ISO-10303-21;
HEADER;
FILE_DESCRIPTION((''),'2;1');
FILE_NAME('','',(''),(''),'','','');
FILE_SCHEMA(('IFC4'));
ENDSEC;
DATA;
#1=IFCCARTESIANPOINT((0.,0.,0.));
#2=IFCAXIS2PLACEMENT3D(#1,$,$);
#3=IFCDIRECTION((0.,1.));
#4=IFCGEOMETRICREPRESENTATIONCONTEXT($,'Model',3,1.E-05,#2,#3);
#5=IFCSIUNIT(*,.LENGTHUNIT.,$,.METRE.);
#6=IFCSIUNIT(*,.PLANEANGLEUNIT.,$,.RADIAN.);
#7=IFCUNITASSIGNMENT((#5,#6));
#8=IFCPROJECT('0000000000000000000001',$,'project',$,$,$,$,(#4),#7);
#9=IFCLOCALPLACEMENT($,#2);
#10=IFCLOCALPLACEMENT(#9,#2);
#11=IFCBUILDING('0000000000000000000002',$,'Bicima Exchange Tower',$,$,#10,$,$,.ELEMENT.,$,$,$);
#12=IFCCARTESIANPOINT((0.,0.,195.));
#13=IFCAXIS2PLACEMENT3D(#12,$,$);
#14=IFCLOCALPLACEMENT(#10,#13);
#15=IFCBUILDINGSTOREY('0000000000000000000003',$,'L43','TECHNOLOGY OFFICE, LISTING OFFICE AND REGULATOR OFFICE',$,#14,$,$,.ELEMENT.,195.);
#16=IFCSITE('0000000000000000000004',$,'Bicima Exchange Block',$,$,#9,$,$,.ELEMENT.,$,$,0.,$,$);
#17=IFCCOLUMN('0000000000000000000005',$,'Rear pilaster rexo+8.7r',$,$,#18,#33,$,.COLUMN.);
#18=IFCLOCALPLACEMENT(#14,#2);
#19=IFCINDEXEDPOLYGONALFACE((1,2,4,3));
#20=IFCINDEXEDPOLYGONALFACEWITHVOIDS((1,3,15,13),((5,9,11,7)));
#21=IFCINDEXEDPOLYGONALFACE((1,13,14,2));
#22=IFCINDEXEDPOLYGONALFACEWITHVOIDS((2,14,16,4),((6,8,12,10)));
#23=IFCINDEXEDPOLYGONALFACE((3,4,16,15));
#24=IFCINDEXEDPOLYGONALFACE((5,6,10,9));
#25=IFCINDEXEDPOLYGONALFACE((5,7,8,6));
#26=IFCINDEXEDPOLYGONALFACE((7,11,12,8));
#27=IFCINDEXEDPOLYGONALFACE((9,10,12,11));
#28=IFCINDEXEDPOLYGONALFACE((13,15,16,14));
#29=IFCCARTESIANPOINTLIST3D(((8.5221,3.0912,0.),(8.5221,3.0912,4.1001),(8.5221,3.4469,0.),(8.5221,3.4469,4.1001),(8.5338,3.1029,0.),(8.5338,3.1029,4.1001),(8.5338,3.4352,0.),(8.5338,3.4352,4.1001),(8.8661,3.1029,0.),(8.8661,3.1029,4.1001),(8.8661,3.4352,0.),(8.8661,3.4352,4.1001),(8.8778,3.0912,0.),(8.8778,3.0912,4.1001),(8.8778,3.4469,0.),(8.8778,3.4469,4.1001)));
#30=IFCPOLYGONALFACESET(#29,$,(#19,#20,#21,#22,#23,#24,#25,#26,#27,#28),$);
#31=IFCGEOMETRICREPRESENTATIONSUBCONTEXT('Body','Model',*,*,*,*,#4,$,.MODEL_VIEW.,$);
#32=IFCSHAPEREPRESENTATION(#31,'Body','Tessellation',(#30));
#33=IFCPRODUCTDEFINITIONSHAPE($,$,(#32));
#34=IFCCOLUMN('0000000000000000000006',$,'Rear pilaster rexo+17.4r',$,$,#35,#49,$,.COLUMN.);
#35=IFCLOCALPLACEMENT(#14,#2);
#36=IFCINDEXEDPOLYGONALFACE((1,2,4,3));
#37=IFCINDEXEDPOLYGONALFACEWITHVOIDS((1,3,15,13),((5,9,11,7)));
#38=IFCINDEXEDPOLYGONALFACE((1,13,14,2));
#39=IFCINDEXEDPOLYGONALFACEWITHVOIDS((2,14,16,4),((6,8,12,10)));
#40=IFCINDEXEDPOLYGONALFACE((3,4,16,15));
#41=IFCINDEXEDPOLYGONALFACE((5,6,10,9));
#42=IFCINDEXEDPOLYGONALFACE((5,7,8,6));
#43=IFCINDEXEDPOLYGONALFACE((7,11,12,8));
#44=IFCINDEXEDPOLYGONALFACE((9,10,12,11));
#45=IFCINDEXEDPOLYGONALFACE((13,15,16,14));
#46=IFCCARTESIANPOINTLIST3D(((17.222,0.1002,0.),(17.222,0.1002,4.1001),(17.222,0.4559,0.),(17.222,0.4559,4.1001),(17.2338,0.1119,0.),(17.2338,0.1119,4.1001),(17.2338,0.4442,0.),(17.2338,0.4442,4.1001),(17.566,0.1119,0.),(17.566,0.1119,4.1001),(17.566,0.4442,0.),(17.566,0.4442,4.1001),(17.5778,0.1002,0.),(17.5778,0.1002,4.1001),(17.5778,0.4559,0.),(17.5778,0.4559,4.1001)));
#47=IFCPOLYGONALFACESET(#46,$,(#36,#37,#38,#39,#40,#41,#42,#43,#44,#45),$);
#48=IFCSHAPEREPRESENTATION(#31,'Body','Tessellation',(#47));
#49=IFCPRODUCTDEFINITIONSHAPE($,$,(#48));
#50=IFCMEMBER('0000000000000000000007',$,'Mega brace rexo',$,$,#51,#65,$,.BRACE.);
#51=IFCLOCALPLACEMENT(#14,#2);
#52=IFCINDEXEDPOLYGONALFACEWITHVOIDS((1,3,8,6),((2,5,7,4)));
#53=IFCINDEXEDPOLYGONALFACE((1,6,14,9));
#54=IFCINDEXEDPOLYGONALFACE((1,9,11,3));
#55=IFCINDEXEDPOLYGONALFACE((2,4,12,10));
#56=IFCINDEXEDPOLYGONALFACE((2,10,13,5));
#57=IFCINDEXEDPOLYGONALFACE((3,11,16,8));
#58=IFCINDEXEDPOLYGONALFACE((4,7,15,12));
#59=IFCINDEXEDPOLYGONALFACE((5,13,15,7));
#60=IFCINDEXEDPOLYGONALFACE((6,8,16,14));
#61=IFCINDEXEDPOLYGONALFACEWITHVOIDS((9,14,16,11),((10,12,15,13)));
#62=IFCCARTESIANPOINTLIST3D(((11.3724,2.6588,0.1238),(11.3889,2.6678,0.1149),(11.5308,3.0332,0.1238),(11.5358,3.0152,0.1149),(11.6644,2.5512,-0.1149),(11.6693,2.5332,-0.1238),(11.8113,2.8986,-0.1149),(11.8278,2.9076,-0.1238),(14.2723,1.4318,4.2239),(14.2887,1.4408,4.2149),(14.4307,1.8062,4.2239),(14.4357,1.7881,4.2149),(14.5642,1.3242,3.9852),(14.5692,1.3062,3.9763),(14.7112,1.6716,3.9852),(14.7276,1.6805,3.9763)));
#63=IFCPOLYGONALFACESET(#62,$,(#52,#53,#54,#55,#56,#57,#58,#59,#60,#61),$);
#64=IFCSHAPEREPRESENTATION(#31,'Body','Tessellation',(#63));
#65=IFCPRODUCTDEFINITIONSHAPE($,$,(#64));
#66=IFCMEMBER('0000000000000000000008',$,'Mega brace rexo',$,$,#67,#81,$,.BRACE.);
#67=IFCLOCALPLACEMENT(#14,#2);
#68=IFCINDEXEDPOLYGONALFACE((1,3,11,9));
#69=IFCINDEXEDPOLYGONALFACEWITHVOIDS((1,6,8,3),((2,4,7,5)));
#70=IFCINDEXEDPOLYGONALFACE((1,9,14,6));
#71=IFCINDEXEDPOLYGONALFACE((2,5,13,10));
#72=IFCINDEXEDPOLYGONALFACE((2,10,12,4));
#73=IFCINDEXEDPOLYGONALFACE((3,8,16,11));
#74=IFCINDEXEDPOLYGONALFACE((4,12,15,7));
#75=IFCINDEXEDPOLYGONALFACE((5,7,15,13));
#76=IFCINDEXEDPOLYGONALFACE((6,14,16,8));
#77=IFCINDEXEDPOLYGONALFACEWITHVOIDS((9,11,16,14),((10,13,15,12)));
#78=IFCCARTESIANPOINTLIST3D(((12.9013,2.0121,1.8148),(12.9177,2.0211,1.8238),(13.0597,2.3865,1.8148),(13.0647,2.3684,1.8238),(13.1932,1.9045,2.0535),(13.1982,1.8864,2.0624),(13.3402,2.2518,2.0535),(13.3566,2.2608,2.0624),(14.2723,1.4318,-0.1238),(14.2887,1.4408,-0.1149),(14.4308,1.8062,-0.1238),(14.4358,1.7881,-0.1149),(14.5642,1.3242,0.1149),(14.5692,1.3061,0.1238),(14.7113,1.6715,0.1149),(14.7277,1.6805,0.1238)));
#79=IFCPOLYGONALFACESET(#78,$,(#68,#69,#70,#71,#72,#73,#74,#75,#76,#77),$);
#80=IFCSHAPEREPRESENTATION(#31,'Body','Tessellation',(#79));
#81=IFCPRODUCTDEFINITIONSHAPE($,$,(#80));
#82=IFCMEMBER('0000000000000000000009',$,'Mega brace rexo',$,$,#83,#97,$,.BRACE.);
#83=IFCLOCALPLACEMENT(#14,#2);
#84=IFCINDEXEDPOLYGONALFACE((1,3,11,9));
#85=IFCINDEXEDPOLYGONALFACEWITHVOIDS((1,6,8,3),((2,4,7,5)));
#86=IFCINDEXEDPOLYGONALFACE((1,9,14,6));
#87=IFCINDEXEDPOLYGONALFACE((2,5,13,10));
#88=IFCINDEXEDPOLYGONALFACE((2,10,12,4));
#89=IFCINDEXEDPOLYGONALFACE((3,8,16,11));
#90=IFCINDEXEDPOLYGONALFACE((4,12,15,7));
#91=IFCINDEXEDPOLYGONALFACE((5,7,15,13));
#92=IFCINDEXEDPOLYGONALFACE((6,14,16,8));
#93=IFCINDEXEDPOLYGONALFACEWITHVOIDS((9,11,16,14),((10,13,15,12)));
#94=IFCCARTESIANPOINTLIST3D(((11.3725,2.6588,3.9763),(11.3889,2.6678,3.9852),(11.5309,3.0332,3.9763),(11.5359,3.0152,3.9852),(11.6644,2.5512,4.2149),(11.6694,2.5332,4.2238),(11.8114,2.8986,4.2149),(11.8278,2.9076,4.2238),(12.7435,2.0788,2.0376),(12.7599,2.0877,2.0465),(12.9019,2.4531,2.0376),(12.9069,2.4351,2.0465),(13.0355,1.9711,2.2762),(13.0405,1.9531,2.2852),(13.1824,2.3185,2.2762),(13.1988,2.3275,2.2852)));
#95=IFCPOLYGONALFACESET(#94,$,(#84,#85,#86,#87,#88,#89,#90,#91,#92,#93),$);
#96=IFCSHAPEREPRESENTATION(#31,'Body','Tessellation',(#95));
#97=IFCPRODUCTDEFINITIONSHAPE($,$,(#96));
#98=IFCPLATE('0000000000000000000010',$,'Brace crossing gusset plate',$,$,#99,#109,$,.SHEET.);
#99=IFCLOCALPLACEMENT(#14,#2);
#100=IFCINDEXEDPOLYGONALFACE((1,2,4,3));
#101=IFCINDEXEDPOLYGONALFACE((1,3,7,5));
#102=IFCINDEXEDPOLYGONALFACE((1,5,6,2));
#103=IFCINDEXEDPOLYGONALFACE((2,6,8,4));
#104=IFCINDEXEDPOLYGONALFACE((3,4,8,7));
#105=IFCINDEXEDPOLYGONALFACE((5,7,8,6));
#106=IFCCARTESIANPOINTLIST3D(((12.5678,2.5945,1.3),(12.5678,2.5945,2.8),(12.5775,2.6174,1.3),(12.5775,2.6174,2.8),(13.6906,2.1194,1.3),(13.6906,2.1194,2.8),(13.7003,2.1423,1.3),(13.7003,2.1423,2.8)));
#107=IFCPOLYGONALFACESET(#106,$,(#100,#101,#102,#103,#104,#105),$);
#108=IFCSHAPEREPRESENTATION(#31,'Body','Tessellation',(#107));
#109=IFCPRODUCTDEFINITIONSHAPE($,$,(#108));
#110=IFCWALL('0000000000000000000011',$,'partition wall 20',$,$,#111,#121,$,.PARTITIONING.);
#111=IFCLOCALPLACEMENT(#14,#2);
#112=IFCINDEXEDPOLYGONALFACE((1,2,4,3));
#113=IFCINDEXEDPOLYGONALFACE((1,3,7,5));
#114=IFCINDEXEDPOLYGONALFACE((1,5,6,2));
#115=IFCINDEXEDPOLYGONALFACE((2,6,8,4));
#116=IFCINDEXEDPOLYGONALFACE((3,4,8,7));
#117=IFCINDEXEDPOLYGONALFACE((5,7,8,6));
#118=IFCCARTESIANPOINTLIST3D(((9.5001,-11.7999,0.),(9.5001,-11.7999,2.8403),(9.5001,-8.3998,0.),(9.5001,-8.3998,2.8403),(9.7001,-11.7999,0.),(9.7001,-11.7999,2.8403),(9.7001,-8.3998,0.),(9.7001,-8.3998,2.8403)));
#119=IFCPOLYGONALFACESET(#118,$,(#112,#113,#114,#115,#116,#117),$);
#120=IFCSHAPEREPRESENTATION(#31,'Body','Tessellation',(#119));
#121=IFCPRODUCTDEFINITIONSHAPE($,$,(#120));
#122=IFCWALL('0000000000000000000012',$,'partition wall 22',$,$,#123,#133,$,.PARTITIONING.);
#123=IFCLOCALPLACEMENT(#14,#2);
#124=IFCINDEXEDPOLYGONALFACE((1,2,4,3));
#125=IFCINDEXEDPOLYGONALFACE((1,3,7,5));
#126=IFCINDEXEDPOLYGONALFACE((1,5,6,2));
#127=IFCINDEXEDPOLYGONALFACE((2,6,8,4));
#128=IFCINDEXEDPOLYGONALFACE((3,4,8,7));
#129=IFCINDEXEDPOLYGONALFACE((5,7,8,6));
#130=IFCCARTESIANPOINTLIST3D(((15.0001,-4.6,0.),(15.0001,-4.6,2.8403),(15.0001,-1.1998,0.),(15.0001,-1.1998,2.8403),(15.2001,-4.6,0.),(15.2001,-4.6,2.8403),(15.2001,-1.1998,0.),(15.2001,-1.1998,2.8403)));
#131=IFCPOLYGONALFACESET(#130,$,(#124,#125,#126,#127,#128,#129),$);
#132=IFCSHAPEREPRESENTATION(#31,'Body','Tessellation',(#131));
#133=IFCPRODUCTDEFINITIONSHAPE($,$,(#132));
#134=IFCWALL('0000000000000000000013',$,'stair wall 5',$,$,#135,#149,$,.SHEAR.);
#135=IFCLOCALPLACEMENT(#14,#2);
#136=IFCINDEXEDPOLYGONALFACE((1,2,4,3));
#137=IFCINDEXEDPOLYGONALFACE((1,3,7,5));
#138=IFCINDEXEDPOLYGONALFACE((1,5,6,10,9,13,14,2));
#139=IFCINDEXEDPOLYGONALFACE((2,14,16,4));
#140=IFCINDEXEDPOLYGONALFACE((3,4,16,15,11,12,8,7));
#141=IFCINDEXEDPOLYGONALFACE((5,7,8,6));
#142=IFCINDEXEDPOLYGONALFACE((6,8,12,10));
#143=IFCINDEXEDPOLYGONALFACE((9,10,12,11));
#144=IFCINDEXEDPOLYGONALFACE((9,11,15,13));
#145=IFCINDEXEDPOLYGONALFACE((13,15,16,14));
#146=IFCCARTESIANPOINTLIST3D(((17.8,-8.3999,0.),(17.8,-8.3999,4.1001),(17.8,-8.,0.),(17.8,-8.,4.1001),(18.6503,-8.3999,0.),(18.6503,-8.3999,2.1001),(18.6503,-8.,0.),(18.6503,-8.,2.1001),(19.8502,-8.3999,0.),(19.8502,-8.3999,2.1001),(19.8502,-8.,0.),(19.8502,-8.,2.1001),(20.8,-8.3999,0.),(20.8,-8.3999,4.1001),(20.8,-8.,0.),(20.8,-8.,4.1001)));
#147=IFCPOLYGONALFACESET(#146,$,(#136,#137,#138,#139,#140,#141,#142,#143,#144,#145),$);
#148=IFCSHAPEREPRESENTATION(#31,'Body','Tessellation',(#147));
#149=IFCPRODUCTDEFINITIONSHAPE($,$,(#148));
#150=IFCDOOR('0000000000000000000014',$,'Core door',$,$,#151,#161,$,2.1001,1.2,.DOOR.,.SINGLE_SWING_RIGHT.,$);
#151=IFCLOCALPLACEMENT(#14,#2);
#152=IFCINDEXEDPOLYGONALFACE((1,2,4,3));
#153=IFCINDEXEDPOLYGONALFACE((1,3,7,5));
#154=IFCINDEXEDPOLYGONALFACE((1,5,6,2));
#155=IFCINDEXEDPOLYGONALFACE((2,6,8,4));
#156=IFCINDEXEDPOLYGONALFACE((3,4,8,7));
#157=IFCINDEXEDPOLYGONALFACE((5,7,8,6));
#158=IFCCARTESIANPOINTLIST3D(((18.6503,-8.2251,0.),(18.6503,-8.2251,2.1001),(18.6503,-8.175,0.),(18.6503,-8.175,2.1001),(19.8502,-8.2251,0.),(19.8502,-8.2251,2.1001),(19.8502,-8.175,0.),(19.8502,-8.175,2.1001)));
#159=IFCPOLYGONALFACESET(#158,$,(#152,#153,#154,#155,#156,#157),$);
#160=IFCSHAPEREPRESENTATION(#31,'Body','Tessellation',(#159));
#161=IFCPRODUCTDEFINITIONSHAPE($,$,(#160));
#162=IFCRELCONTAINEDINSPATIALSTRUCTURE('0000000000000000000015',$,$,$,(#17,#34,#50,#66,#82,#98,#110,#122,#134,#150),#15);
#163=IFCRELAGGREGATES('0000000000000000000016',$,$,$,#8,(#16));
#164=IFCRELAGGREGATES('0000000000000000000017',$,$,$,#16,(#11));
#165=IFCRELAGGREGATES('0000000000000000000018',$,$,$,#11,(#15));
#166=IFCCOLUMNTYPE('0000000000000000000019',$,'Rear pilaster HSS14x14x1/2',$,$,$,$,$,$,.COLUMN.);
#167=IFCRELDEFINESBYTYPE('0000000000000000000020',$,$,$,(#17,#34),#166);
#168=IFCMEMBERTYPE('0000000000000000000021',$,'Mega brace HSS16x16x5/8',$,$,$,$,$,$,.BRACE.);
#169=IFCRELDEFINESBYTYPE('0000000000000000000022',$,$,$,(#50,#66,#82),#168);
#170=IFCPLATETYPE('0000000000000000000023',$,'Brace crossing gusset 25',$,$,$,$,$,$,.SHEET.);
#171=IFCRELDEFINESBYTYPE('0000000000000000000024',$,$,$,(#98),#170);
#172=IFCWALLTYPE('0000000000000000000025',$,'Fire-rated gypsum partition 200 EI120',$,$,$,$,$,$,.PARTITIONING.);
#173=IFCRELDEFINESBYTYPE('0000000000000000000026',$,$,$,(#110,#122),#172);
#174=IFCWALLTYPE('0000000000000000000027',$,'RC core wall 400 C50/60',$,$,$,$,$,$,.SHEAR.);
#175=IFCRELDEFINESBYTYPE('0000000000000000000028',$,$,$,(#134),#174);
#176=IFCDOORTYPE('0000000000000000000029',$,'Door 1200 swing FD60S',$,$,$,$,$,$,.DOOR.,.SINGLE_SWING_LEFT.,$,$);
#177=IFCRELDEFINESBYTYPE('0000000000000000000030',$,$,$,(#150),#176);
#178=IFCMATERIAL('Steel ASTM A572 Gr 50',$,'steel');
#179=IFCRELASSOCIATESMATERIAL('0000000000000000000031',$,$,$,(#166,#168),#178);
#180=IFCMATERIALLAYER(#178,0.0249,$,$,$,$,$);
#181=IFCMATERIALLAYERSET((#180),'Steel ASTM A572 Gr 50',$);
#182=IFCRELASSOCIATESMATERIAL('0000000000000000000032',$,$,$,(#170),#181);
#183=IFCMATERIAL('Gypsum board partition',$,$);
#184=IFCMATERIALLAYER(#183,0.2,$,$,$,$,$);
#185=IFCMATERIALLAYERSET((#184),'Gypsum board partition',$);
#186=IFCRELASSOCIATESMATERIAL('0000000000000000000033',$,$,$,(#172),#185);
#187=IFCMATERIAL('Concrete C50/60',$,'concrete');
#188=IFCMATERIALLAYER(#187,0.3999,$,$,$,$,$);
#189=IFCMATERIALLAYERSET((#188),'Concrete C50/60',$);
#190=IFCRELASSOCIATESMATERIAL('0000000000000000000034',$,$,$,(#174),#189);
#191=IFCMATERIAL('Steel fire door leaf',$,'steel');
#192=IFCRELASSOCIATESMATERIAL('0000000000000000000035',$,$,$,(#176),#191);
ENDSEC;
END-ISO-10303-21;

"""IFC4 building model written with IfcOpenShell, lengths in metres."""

from ifc_helpers import new_model, si_unit, direction, frame, frame_2d, origin, origin_2d, place, context, subcontext, project, spatial, rectangle, hollow_rectangle, extrude, material, layer, layer_set, material_profile, profile_set, type_object, element, fill, save


model = new_model("IFC4")

# Units and contexts
model_context = context("Model", 3, precision=1e-05, world=origin(), true_north=direction((0.0, 1.0)))
body_context = subcontext(model_context, "Body", "Model", "MODEL_VIEW")
ifc_project = project(units=[si_unit("LENGTHUNIT", "METRE"), si_unit("PLANEANGLEUNIT", "RADIAN")], contexts=[model_context])

# Site, building, storey
site_placement = place(None, origin())
site = spatial("IfcSite", under=ifc_project, at=site_placement, Name="Bicima Exchange Block", CompositionType="ELEMENT", RefElevation=0.0)
building_placement = place(site_placement, origin())
building = spatial("IfcBuilding", under=site, at=building_placement, Name="Bicima Exchange Tower", CompositionType="ELEMENT")
storey_placement = place(building_placement, frame((0.0, 0.0, 195.0)))
storey = spatial("IfcBuildingStorey", under=building, at=storey_placement, Name="L43", Description="TECHNOLOGY OFFICE, LISTING OFFICE AND REGULATOR OFFICE", CompositionType="ELEMENT", Elevation=195.0)

# Columns
ifc_material_1 = material(Name="Steel ASTM A572 Gr 50", Category="steel")
ifc_material_profile_1 = material_profile(ifc_material_1, hollow_rectangle(XDim=0.3557, YDim=0.3557, WallThickness=0.0117, at=origin_2d()))
ifc_profile_set_1 = profile_set([ifc_material_profile_1], Name="Steel ASTM A572 Gr 50")
column_type = type_object("IfcColumnType", Name="Rear pilaster HSS14x14x1/2", PredefinedType="COLUMN", material=ifc_profile_set_1)
for number, where, z_axis, x_axis, name in (
    (1, (8.7, 3.269, 0.0), (0.0, 0.0, 1.0), (1.0, 0.0, 0.0), "Rear pilaster rexo+8.7r"),
    (2, (17.3999, 0.2781, 0.0), (0.0, 0.0, 1.0), (1.0, 0.0, 0.0), "Rear pilaster rexo+17.4r"),
):
    element("IfcColumn", number, at=place(storey_placement, frame(where, z_axis=z_axis, x_axis=x_axis)), inside=storey, type_object=column_type, Name=name, PredefinedType="COLUMN", context=body_context, shape_type="SweptSolid", body=[
        extrude(hollow_rectangle(XDim=0.3557, YDim=0.3557, WallThickness=0.0117, at=origin_2d()), origin(), (0.0, 0.0, 1.0), 4.1001),
    ])

# Members
ifc_material_profile_2 = material_profile(ifc_material_1, hollow_rectangle(XDim=0.4065, YDim=0.4065, WallThickness=0.0146, at=origin_2d()))
ifc_profile_set_2 = profile_set([ifc_material_profile_2], Name="Steel ASTM A572 Gr 50")
member_type = type_object("IfcMemberType", Name="Mega brace HSS16x16x5/8", PredefinedType="BRACE", material=ifc_profile_set_2)
member_placement = place(storey_placement, frame((11.6001, 2.7832, 0.0), z_axis=(0.560941, -0.237354, 0.7931), x_axis=(0.389686, 0.920948, 0.0)))
element("IfcMember", 3, at=member_placement, inside=storey, type_object=member_type, Name="Mega brace rexo", PredefinedType="BRACE", context=body_context, shape_type="SweptSolid", body=[
    extrude(hollow_rectangle(XDim=0.4065, YDim=0.4065, WallThickness=0.0146, at=origin_2d()), origin(), (0.0, 0.0, 1.0), 5.1697),
])
for number, where, z_axis, x_axis, name in (
    (4, (14.5, 1.5562, 0.0), (-0.560902, 0.237405, 0.793113), (-0.389779, -0.920908, 0.0), "Mega brace rexo"),
    (5, (12.9712, 2.2031, 2.1614), (-0.560915, 0.23731, 0.793132), (-0.38964, -0.920967, 0.0), "Mega brace rexo"),
):
    element("IfcMember", number, at=place(storey_placement, frame(where, z_axis=z_axis, x_axis=x_axis)), inside=storey, type_object=member_type, Name=name, PredefinedType="BRACE", context=body_context, shape_type="SweptSolid", body=[
        extrude(hollow_rectangle(XDim=0.4065, YDim=0.4065, WallThickness=0.0146, at=origin_2d()), origin(), (0.0, 0.0, 1.0), 2.4443),
    ])

# Plate
ifc_layer_1 = layer(ifc_material_1, 0.0249)
ifc_layer_set_1 = layer_set([ifc_layer_1], Name="Steel ASTM A572 Gr 50")
plate_type = type_object("IfcPlateType", Name="Brace crossing gusset 25", PredefinedType="SHEET", material=ifc_layer_set_1)
plate_placement = place(storey_placement, frame((13.134, 2.3684, 1.3), z_axis=(0.0, 0.0, 1.0), x_axis=(0.920946, -0.38969, 0.0)))
element("IfcPlate", 6, at=plate_placement, inside=storey, type_object=plate_type, Name="Brace crossing gusset plate", PredefinedType="SHEET", context=body_context, shape_type="SweptSolid", body=[
    extrude(rectangle(XDim=1.2192, YDim=0.0249, at=origin_2d()), origin(), (0.0, 0.0, 1.0), 1.5),
])

# Walls
ifc_material_2 = material(Name="Gypsum board partition")
ifc_layer_2 = layer(ifc_material_2, 0.2)
ifc_layer_set_2 = layer_set([ifc_layer_2], Name="Gypsum board partition")
wall_type_1 = type_object("IfcWallType", Name="Fire-rated gypsum partition 200 EI120", PredefinedType="PARTITIONING", material=ifc_layer_set_2)
for number, where, z_axis, x_axis, name in (
    (7, (9.6001, -11.8, 0.0), (0.0, 0.0, 1.0), (0.0, 1.0, 0.0), "partition wall 20"),
    (8, (15.1001, -4.6001, 0.0), (0.0, 0.0, 1.0), (0.0, 1.0, 0.0), "partition wall 22"),
):
    element("IfcWall", number, at=place(storey_placement, frame(where, z_axis=z_axis, x_axis=x_axis)), inside=storey, type_object=wall_type_1, Name=name, PredefinedType="PARTITIONING", context=body_context, shape_type="SweptSolid", body=[
        extrude(rectangle(XDim=3.4001, YDim=0.2, at=frame_2d((1.7002, 0.0))), origin(), (0.0, 0.0, 1.0), 2.8403),
    ])

# Wall, opening, door
ifc_material_3 = material(Name="Concrete C50/60", Category="concrete")
ifc_layer_3 = layer(ifc_material_3, 0.3999)
ifc_layer_set_3 = layer_set([ifc_layer_3], Name="Concrete C50/60")
wall_type_2 = type_object("IfcWallType", Name="RC core wall 400 C50/60", PredefinedType="SHEAR", material=ifc_layer_set_3)
wall_1_placement = place(storey_placement, frame((17.8, -8.2, 0.0), z_axis=(0.0, 0.0, 1.0), x_axis=(1.0, 0.0, 0.0)))
wall_1 = element("IfcWall", 9, at=wall_1_placement, inside=storey, type_object=wall_type_2, Name="stair wall 5", PredefinedType="SHEAR", context=body_context, shape_type="SweptSolid", body=[
    extrude(rectangle(XDim=3.0, YDim=0.3999, at=frame_2d((1.5, 0.0))), origin(), (0.0, 0.0, 1.0), 4.1001),
])
opening_1_placement = place(wall_1_placement, frame((0.8501, 0.0, 0.0)))
opening_1 = element("IfcOpeningElement", 10, at=opening_1_placement, cuts=wall_1, PredefinedType="OPENING", context=body_context, shape_type="SweptSolid", body=[
    extrude(rectangle(XDim=1.2, YDim=2.1001, at=frame_2d((0.6001, 1.05))), frame((0.0, 0.2119, 0.0), z_axis=(0.0, -1.0, 0.0), x_axis=(1.0, 0.0, 0.0)), (0.0, 0.0, 1.0), 0.4238),
])
ifc_material_4 = material(Name="Steel fire door leaf", Category="steel")
door_type_1 = type_object("IfcDoorType", Name="Door 1200 swing FD60S", OperationType="SINGLE_SWING_LEFT", PredefinedType="DOOR", material=ifc_material_4)
door_1_placement = place(opening_1_placement, origin())
door_1 = element("IfcDoor", 11, at=door_1_placement, inside=storey, type_object=door_type_1, Name="Core door", OperationType="SINGLE_SWING_RIGHT", OverallHeight=2.1001, OverallWidth=1.2, PredefinedType="DOOR", context=body_context, shape_type="SweptSolid", body=[
    extrude(rectangle(XDim=1.2, YDim=2.1001, at=frame_2d((0.6001, 1.05))), frame((0.0, 0.0249, 0.0), z_axis=(0.0, -1.0, 0.0), x_axis=(1.0, 0.0, 0.0)), (0.0, 0.0, 1.0), 0.05),
])
fill(opening_1, door_1)

save(model, "model.ifc")
